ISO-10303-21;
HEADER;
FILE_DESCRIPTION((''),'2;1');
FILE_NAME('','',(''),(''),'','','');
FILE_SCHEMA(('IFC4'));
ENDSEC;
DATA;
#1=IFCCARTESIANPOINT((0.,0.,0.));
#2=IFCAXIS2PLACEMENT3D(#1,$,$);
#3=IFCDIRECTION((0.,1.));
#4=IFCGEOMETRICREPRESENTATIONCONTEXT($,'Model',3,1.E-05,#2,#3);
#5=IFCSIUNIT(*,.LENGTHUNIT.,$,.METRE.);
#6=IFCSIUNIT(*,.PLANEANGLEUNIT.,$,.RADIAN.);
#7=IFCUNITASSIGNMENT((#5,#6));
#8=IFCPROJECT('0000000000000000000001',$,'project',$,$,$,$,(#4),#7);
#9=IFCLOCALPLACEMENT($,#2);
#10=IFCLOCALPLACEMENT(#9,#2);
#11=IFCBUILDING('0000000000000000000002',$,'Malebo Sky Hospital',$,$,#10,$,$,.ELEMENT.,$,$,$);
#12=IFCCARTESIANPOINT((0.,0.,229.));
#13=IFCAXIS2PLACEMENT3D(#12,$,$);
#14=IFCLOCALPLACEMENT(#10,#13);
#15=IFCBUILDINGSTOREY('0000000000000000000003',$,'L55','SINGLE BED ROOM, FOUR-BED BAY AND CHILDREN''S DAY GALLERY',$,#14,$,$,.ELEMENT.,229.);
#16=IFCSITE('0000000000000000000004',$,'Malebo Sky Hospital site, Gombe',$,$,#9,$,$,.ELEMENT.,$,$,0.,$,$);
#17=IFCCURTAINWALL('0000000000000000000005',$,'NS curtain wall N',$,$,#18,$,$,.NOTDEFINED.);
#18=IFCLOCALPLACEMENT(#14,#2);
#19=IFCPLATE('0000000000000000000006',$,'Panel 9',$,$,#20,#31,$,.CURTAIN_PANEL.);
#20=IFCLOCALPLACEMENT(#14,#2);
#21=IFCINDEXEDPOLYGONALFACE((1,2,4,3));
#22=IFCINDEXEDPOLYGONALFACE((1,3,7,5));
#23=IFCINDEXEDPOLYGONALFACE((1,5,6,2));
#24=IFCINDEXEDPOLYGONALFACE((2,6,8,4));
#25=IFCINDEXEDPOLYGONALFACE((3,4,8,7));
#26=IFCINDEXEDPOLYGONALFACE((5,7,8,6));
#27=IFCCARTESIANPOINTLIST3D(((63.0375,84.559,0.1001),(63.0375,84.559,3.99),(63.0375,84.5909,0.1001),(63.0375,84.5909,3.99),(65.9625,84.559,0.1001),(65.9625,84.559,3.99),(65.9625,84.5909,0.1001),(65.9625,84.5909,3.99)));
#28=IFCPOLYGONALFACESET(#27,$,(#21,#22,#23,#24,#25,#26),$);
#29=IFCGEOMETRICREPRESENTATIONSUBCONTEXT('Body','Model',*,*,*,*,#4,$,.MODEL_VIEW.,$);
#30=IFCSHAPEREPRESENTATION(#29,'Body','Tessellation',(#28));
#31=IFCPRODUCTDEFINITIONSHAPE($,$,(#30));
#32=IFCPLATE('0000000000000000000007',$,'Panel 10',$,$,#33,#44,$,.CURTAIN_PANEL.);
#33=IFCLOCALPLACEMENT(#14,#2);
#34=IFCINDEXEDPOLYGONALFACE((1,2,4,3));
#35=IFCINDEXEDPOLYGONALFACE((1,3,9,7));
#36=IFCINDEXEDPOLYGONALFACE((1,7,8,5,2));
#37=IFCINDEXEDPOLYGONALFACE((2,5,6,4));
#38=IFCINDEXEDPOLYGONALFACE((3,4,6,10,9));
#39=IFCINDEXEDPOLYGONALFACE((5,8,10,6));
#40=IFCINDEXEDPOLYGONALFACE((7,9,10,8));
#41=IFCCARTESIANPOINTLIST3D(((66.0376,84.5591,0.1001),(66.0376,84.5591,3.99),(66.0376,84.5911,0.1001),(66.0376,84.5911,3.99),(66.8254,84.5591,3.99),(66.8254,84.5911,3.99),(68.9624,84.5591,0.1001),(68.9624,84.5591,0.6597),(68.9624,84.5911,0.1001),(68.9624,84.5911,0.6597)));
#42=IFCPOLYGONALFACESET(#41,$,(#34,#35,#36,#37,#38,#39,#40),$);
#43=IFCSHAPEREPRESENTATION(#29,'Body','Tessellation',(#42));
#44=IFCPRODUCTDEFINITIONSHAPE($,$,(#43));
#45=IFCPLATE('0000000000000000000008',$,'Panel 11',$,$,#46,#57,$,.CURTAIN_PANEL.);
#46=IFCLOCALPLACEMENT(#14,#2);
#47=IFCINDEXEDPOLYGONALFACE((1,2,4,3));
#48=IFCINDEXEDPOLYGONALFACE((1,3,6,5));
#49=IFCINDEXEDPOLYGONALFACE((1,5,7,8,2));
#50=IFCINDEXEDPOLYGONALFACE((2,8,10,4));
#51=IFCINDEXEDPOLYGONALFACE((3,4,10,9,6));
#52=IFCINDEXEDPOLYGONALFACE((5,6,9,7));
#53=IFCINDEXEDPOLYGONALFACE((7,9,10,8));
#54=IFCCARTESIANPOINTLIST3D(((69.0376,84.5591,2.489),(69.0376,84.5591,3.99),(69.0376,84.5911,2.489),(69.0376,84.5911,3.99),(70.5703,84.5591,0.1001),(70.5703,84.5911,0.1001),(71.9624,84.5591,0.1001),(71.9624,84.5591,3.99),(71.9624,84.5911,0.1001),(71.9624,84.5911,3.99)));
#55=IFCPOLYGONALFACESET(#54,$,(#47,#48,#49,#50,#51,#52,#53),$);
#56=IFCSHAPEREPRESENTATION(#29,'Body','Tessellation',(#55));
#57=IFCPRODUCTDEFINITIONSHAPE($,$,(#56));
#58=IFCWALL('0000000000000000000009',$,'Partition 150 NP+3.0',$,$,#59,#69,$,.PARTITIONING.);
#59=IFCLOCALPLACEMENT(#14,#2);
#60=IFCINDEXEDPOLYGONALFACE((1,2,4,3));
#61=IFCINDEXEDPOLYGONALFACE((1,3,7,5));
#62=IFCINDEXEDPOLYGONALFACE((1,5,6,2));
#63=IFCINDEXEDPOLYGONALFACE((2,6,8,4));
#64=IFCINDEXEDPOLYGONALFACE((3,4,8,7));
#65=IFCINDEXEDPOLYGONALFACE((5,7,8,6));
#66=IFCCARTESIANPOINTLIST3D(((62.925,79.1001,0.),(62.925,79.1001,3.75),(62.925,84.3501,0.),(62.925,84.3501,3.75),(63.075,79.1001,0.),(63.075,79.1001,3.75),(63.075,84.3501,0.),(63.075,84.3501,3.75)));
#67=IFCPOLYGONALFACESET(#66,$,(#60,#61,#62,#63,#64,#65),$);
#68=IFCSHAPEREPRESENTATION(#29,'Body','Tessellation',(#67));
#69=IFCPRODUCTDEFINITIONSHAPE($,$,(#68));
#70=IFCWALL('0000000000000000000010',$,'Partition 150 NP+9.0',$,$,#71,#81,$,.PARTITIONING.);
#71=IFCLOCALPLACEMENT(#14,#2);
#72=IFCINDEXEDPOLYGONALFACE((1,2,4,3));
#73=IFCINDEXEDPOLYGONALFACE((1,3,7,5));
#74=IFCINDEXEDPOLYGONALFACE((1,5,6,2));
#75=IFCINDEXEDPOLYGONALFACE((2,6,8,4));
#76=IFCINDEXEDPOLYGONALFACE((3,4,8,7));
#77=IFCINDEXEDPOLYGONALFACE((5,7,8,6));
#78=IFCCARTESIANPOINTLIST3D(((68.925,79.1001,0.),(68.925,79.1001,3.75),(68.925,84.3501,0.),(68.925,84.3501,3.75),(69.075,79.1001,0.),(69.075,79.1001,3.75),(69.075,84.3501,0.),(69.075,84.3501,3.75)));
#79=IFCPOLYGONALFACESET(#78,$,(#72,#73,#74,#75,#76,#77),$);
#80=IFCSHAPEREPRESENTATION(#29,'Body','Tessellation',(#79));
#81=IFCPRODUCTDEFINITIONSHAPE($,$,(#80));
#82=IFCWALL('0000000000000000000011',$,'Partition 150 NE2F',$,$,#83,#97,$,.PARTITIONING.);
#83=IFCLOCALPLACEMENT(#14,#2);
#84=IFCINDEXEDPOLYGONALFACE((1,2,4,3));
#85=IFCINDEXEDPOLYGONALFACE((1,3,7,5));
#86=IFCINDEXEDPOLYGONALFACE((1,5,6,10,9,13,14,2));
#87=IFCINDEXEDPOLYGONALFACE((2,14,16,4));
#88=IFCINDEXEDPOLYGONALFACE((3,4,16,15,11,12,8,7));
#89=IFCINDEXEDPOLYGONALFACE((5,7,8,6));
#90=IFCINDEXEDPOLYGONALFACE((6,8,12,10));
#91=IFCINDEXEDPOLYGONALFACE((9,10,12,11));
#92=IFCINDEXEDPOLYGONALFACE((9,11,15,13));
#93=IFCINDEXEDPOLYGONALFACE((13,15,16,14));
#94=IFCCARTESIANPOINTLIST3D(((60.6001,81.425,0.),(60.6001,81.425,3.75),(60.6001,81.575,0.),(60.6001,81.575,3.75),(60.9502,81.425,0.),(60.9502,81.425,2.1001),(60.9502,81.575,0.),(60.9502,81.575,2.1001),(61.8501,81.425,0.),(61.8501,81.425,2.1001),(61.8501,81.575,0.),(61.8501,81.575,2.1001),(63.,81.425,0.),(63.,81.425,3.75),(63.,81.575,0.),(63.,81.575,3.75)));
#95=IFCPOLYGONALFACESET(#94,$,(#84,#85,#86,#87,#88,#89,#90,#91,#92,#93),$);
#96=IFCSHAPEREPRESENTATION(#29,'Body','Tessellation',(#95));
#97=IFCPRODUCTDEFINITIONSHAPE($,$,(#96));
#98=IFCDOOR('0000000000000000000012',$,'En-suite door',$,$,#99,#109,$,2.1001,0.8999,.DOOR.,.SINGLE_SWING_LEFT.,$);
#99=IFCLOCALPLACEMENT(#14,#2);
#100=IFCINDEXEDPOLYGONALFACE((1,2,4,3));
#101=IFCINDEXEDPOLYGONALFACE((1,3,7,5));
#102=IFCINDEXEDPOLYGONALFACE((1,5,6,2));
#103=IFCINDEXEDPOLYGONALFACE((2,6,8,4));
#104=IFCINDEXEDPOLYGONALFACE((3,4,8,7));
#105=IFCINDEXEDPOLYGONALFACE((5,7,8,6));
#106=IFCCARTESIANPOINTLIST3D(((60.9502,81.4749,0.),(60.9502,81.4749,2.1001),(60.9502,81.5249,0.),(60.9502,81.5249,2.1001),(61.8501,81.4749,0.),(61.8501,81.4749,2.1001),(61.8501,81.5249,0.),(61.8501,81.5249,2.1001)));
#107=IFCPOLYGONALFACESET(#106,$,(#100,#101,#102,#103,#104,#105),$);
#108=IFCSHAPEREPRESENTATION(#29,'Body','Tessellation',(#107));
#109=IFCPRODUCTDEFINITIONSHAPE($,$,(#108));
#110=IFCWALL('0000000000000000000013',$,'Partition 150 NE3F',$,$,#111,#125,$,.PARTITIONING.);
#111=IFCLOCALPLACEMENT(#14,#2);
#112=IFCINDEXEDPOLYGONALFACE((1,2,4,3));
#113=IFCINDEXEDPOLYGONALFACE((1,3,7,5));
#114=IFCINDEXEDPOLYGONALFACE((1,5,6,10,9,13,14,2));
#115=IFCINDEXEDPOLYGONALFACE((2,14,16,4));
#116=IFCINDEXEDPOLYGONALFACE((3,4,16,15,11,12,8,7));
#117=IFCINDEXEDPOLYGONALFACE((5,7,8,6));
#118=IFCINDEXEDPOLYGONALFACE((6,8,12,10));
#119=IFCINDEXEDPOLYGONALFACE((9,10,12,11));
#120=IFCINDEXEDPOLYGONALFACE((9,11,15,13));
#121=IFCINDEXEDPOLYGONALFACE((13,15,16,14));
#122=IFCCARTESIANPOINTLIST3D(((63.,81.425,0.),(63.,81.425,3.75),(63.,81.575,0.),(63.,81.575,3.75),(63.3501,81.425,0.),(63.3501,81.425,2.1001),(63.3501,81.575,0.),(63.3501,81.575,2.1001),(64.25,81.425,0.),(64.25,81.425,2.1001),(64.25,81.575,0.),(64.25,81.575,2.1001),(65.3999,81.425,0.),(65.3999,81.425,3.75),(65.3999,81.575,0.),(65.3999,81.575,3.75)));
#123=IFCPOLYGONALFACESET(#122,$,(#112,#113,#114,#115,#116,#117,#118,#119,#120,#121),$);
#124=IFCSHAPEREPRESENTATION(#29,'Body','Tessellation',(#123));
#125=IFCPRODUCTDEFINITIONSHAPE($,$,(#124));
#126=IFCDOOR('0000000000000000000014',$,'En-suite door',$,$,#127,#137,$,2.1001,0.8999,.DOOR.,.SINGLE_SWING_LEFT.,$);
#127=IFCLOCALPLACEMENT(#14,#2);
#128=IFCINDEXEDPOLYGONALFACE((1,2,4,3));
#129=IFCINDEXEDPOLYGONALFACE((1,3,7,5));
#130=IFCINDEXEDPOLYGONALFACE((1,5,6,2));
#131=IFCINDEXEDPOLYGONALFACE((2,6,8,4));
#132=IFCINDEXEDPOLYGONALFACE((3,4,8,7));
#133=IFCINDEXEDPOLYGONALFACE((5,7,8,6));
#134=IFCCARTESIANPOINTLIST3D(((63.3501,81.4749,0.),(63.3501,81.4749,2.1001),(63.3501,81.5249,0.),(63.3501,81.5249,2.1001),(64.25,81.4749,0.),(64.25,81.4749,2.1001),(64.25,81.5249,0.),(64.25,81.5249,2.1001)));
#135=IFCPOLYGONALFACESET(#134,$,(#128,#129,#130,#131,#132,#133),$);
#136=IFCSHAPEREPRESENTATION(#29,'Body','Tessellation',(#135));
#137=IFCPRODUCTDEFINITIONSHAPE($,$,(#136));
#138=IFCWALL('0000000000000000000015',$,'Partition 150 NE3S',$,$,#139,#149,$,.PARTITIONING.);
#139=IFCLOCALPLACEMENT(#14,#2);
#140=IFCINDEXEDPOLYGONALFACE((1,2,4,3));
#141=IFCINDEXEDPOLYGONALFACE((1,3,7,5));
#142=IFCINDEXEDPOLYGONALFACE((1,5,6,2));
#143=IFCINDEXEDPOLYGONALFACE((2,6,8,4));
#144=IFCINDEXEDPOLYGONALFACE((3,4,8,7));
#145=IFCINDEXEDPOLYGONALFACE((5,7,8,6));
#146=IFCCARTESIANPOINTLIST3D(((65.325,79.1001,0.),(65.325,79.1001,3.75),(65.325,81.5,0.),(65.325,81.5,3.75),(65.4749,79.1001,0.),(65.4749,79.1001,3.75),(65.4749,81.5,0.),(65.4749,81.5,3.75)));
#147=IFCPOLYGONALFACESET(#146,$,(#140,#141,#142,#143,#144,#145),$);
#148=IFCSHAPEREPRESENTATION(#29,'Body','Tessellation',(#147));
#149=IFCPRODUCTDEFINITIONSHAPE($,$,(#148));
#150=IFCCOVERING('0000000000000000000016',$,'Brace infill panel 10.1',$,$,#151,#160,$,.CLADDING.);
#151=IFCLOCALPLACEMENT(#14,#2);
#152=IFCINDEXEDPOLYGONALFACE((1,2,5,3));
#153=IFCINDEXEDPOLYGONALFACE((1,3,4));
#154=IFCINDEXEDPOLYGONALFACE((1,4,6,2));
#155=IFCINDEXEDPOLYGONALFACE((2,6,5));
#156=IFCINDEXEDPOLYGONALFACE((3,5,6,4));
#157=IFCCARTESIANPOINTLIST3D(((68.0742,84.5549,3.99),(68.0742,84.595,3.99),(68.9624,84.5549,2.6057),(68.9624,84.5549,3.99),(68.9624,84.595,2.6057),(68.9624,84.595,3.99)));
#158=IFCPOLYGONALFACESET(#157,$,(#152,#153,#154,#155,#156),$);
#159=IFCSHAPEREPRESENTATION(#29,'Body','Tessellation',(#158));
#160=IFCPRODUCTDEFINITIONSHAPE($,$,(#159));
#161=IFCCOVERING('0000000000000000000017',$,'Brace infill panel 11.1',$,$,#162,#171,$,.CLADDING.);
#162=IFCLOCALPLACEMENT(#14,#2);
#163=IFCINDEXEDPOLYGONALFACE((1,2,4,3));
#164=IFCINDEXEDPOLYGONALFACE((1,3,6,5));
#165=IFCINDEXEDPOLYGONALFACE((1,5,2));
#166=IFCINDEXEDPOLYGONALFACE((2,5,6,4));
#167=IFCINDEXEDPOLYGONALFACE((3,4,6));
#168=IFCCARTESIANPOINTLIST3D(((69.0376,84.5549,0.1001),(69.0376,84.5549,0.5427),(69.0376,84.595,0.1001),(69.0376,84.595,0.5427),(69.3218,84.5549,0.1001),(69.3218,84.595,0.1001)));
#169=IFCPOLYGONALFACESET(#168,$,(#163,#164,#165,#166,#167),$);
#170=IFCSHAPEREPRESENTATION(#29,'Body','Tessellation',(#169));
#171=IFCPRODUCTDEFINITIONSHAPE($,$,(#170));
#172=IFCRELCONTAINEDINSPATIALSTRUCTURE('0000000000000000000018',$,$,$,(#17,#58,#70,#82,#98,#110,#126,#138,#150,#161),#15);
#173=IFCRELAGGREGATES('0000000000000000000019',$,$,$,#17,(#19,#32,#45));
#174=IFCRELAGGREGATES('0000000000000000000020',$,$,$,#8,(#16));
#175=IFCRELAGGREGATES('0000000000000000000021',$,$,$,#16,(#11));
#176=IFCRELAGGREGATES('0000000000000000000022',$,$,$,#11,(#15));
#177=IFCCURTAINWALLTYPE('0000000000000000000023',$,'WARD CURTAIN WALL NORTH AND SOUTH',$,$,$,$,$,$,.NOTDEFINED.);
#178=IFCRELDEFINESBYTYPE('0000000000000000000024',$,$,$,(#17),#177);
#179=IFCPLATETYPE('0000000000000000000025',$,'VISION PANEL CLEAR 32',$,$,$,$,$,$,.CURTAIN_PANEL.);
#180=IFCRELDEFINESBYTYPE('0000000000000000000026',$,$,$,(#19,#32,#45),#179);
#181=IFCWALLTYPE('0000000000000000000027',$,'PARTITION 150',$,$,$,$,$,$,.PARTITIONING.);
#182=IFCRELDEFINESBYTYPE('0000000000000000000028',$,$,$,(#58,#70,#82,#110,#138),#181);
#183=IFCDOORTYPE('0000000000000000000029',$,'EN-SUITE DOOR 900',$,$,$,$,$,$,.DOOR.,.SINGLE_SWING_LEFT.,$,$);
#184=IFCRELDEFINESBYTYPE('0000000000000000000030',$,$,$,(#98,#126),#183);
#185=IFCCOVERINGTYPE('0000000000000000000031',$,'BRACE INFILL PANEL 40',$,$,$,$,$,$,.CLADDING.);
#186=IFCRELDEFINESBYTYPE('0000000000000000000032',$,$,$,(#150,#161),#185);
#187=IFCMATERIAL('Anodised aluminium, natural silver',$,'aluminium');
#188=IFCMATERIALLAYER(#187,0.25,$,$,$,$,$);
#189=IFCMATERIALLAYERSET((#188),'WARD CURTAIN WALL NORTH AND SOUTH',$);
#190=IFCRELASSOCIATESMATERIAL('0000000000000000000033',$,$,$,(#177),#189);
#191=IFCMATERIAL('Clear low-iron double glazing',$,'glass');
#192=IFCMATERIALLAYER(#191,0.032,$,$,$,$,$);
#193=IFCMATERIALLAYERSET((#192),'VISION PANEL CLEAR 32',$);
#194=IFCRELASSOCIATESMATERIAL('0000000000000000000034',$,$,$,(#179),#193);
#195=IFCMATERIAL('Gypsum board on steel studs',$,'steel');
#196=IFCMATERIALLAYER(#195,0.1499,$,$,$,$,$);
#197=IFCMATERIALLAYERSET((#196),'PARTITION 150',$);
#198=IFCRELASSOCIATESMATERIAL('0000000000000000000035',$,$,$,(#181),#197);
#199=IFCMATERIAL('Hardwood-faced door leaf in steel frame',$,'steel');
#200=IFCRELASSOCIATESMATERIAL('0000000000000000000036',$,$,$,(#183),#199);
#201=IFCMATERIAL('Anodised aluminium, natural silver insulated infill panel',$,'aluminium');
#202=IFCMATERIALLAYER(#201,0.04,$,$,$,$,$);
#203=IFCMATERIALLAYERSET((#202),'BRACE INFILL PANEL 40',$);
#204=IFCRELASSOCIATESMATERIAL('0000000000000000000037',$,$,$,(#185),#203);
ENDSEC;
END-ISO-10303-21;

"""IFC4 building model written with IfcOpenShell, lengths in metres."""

from ifc_helpers import new_model, si_unit, direction, frame, frame_2d, origin, origin_2d, place, context, subcontext, project, spatial, polyline, rectangle, outline, extrude, material, layer, layer_set, type_object, element, fill, aggregate, save


model = new_model("IFC4")

# Units and contexts
model_context = context("Model", 3, precision=1e-05, world=origin(), true_north=direction((0.0, 1.0)))
body_context = subcontext(model_context, "Body", "Model", "MODEL_VIEW")
ifc_project = project(units=[si_unit("LENGTHUNIT", "METRE"), si_unit("PLANEANGLEUNIT", "RADIAN")], contexts=[model_context])

# Site, building, storey
site_placement = place(None, origin())
site = spatial("IfcSite", under=ifc_project, at=site_placement, Name="Malebo Sky Hospital site, Gombe", CompositionType="ELEMENT", RefElevation=0.0)
building_placement = place(site_placement, origin())
building = spatial("IfcBuilding", under=site, at=building_placement, Name="Malebo Sky Hospital", CompositionType="ELEMENT")
storey_placement = place(building_placement, frame((0.0, 0.0, 229.0)))
storey = spatial("IfcBuildingStorey", under=building, at=storey_placement, Name="L55", Description="SINGLE BED ROOM, FOUR-BED BAY AND CHILDREN'S DAY GALLERY", CompositionType="ELEMENT", Elevation=229.0)

# Curtain wall
ifc_material_1 = material(Name="Anodised aluminium, natural silver", Category="aluminium")
ifc_layer_1 = layer(ifc_material_1, 0.25)
ifc_layer_set_1 = layer_set([ifc_layer_1], Name="WARD CURTAIN WALL NORTH AND SOUTH")
curtain_wall_type = type_object("IfcCurtainWallType", Name="WARD CURTAIN WALL NORTH AND SOUTH", PredefinedType="NOTDEFINED", material=ifc_layer_set_1)
curtain_wall_placement = place(storey_placement, origin())
curtain_wall = element("IfcCurtainWall", 1, at=curtain_wall_placement, inside=storey, type_object=curtain_wall_type, Name="NS curtain wall N", PredefinedType="NOTDEFINED")

# Plates
ifc_material_2 = material(Name="Clear low-iron double glazing", Category="glass")
ifc_layer_2 = layer(ifc_material_2, 0.032)
ifc_layer_set_2 = layer_set([ifc_layer_2], Name="VISION PANEL CLEAR 32")
plate_type = type_object("IfcPlateType", Name="VISION PANEL CLEAR 32", PredefinedType="CURTAIN_PANEL", material=ifc_layer_set_2)
plate_1_placement = place(storey_placement, frame((64.5, 84.575, 0.1001), z_axis=(0.0, 0.0, 1.0), x_axis=(1.0, 0.0, 0.0)))
plate_1 = element("IfcPlate", 2, at=plate_1_placement, type_object=plate_type, Name="Panel 9", PredefinedType="CURTAIN_PANEL", context=body_context, shape_type="SweptSolid", body=[
    extrude(rectangle(XDim=2.925, YDim=0.032, at=origin_2d()), origin(), (0.0, 0.0, 1.0), 3.8899),
])
plate_2_placement = place(storey_placement, frame((67.5, 84.575, 0.1001), z_axis=(0.0, 0.0, 1.0), x_axis=(1.0, 0.0, 0.0)))
plate_2 = element("IfcPlate", 3, at=plate_2_placement, type_object=plate_type, Name="Panel 10", PredefinedType="CURTAIN_PANEL", context=body_context, shape_type="SweptSolid", body=[
    extrude(outline(polyline([(-1.4624, 0.0), (1.4624, 0.0), (1.4624, 0.5596), (-0.6746, 3.8899), (-1.4624, 3.8899), (-1.4624, 0.0)])), frame((0.0, 0.0161, 0.0), z_axis=(0.0, -1.0, 0.0), x_axis=(1.0, 0.0, 0.0)), (0.0, 0.0, 1.0), 0.032),
])
plate_3_placement = place(storey_placement, frame((70.5, 84.575, 0.1001), z_axis=(0.0, 0.0, 1.0), x_axis=(1.0, 0.0, 0.0)))
plate_3 = element("IfcPlate", 4, at=plate_3_placement, type_object=plate_type, Name="Panel 11", PredefinedType="CURTAIN_PANEL", context=body_context, shape_type="SweptSolid", body=[
    extrude(outline(polyline([(0.0703, 0.0), (1.4624, 0.0), (1.4624, 3.8899), (-1.4624, 3.8899), (-1.4624, 2.3889), (0.0703, 0.0)])), frame((0.0, 0.0161, 0.0), z_axis=(0.0, -1.0, 0.0), x_axis=(1.0, 0.0, 0.0)), (0.0, 0.0, 1.0), 0.032),
])
aggregate(curtain_wall, [plate_1, plate_2, plate_3])

# Walls
ifc_material_3 = material(Name="Gypsum board on steel studs", Category="steel")
ifc_layer_3 = layer(ifc_material_3, 0.1499)
ifc_layer_set_3 = layer_set([ifc_layer_3], Name="PARTITION 150")
wall_type = type_object("IfcWallType", Name="PARTITION 150", PredefinedType="PARTITIONING", material=ifc_layer_set_3)
for number, where, z_axis, x_axis, name in (
    (5, (63.0, 79.1001, 0.0), (0.0, 0.0, 1.0), (0.0, 1.0, 0.0), "Partition 150 NP+3.0"),
    (6, (69.0, 79.1001, 0.0), (0.0, 0.0, 1.0), (0.0, 1.0, 0.0), "Partition 150 NP+9.0"),
):
    element("IfcWall", number, at=place(storey_placement, frame(where, z_axis=z_axis, x_axis=x_axis)), inside=storey, type_object=wall_type, Name=name, PredefinedType="PARTITIONING", context=body_context, shape_type="SweptSolid", body=[
        extrude(rectangle(XDim=5.25, YDim=0.1499, at=frame_2d((2.625, 0.0))), origin(), (0.0, 0.0, 1.0), 3.75),
    ])

# Walls, openings, doors
wall_1_placement = place(storey_placement, frame((60.6001, 81.5, 0.0), z_axis=(0.0, 0.0, 1.0), x_axis=(1.0, 0.0, 0.0)))
wall_1 = element("IfcWall", 7, at=wall_1_placement, inside=storey, type_object=wall_type, Name="Partition 150 NE2F", PredefinedType="PARTITIONING", context=body_context, shape_type="SweptSolid", body=[
    extrude(rectangle(XDim=2.3999, YDim=0.1499, at=frame_2d((1.2, 0.0))), origin(), (0.0, 0.0, 1.0), 3.75),
])
opening_1_placement = place(wall_1_placement, frame((0.3501, 0.0, 0.0)))
opening_1 = element("IfcOpeningElement", 8, at=opening_1_placement, cuts=wall_1, PredefinedType="OPENING", context=body_context, shape_type="SweptSolid", body=[
    extrude(rectangle(XDim=0.8999, YDim=2.1001, at=frame_2d((0.45, 1.05))), frame((0.0, 0.085, 0.0), z_axis=(0.0, -1.0, 0.0), x_axis=(1.0, 0.0, 0.0)), (0.0, 0.0, 1.0), 0.1699),
])
ifc_material_4 = material(Name="Hardwood-faced door leaf in steel frame", Category="steel")
door_type = type_object("IfcDoorType", Name="EN-SUITE DOOR 900", OperationType="SINGLE_SWING_LEFT", PredefinedType="DOOR", material=ifc_material_4)
door_1_placement = place(opening_1_placement, origin())
door_1 = element("IfcDoor", 9, at=door_1_placement, inside=storey, type_object=door_type, Name="En-suite door", OperationType="SINGLE_SWING_LEFT", OverallHeight=2.1001, OverallWidth=0.8999, PredefinedType="DOOR", context=body_context, shape_type="SweptSolid", body=[
    extrude(rectangle(XDim=0.8999, YDim=2.1001, at=frame_2d((0.45, 1.05))), frame((0.0, 0.0249, 0.0), z_axis=(0.0, -1.0, 0.0), x_axis=(1.0, 0.0, 0.0)), (0.0, 0.0, 1.0), 0.05),
])
fill(opening_1, door_1)
wall_2_placement = place(storey_placement, frame((63.0, 81.5, 0.0), z_axis=(0.0, 0.0, 1.0), x_axis=(1.0, 0.0, 0.0)))
wall_2 = element("IfcWall", 10, at=wall_2_placement, inside=storey, type_object=wall_type, Name="Partition 150 NE3F", PredefinedType="PARTITIONING", context=body_context, shape_type="SweptSolid", body=[
    extrude(rectangle(XDim=2.3999, YDim=0.1499, at=frame_2d((1.2, 0.0))), origin(), (0.0, 0.0, 1.0), 3.75),
])
opening_2_placement = place(wall_2_placement, frame((0.3501, 0.0, 0.0)))
opening_2 = element("IfcOpeningElement", 11, at=opening_2_placement, cuts=wall_2, PredefinedType="OPENING", context=body_context, shape_type="SweptSolid", body=[
    extrude(rectangle(XDim=0.8999, YDim=2.1001, at=frame_2d((0.45, 1.05))), frame((0.0, 0.085, 0.0), z_axis=(0.0, -1.0, 0.0), x_axis=(1.0, 0.0, 0.0)), (0.0, 0.0, 1.0), 0.1699),
])
door_2_placement = place(opening_2_placement, origin())
door_2 = element("IfcDoor", 12, at=door_2_placement, inside=storey, type_object=door_type, Name="En-suite door", OperationType="SINGLE_SWING_LEFT", OverallHeight=2.1001, OverallWidth=0.8999, PredefinedType="DOOR", context=body_context, shape_type="SweptSolid", body=[
    extrude(rectangle(XDim=0.8999, YDim=2.1001, at=frame_2d((0.45, 1.05))), frame((0.0, 0.0249, 0.0), z_axis=(0.0, -1.0, 0.0), x_axis=(1.0, 0.0, 0.0)), (0.0, 0.0, 1.0), 0.05),
])
fill(opening_2, door_2)

# Wall
wall_3_placement = place(storey_placement, frame((65.3999, 79.1001, 0.0), z_axis=(0.0, 0.0, 1.0), x_axis=(0.0, 1.0, 0.0)))
element("IfcWall", 13, at=wall_3_placement, inside=storey, type_object=wall_type, Name="Partition 150 NE3S", PredefinedType="PARTITIONING", context=body_context, shape_type="SweptSolid", body=[
    extrude(rectangle(XDim=2.3999, YDim=0.1499, at=frame_2d((1.2, 0.0))), origin(), (0.0, 0.0, 1.0), 3.75),
])

# Coverings
ifc_material_5 = material(Name="Anodised aluminium, natural silver insulated infill panel", Category="aluminium")
ifc_layer_4 = layer(ifc_material_5, 0.04)
ifc_layer_set_4 = layer_set([ifc_layer_4], Name="BRACE INFILL PANEL 40")
covering_type = type_object("IfcCoveringType", Name="BRACE INFILL PANEL 40", PredefinedType="CLADDING", material=ifc_layer_set_4)
covering_1_placement = place(storey_placement, frame((68.5183, 84.575, 2.6057), z_axis=(0.0, 0.0, 1.0), x_axis=(1.0, 0.0, 0.0)))
element("IfcCovering", 14, at=covering_1_placement, inside=storey, type_object=covering_type, Name="Brace infill panel 10.1", PredefinedType="CLADDING", context=body_context, shape_type="SweptSolid", body=[
    extrude(outline(polyline([(0.4441, 0.0), (0.4441, 1.3843), (-0.4441, 1.3843), (0.4441, 0.0)])), frame((0.0, 0.02, 0.0), z_axis=(0.0, -1.0, 0.0), x_axis=(1.0, 0.0, 0.0)), (0.0, 0.0, 1.0), 0.04),
])
covering_2_placement = place(storey_placement, frame((69.1797, 84.575, 0.1001), z_axis=(0.0, 0.0, 1.0), x_axis=(1.0, 0.0, 0.0)))
element("IfcCovering", 15, at=covering_2_placement, inside=storey, type_object=covering_type, Name="Brace infill panel 11.1", PredefinedType="CLADDING", context=body_context, shape_type="SweptSolid", body=[
    extrude(outline(polyline([(-0.1421, 0.0), (0.1421, 0.0), (-0.1421, 0.4426), (-0.1421, 0.0)])), frame((0.0, 0.02, 0.0), z_axis=(0.0, -1.0, 0.0), x_axis=(1.0, 0.0, 0.0)), (0.0, 0.0, 1.0), 0.04),
])

save(model, "model.ifc")
